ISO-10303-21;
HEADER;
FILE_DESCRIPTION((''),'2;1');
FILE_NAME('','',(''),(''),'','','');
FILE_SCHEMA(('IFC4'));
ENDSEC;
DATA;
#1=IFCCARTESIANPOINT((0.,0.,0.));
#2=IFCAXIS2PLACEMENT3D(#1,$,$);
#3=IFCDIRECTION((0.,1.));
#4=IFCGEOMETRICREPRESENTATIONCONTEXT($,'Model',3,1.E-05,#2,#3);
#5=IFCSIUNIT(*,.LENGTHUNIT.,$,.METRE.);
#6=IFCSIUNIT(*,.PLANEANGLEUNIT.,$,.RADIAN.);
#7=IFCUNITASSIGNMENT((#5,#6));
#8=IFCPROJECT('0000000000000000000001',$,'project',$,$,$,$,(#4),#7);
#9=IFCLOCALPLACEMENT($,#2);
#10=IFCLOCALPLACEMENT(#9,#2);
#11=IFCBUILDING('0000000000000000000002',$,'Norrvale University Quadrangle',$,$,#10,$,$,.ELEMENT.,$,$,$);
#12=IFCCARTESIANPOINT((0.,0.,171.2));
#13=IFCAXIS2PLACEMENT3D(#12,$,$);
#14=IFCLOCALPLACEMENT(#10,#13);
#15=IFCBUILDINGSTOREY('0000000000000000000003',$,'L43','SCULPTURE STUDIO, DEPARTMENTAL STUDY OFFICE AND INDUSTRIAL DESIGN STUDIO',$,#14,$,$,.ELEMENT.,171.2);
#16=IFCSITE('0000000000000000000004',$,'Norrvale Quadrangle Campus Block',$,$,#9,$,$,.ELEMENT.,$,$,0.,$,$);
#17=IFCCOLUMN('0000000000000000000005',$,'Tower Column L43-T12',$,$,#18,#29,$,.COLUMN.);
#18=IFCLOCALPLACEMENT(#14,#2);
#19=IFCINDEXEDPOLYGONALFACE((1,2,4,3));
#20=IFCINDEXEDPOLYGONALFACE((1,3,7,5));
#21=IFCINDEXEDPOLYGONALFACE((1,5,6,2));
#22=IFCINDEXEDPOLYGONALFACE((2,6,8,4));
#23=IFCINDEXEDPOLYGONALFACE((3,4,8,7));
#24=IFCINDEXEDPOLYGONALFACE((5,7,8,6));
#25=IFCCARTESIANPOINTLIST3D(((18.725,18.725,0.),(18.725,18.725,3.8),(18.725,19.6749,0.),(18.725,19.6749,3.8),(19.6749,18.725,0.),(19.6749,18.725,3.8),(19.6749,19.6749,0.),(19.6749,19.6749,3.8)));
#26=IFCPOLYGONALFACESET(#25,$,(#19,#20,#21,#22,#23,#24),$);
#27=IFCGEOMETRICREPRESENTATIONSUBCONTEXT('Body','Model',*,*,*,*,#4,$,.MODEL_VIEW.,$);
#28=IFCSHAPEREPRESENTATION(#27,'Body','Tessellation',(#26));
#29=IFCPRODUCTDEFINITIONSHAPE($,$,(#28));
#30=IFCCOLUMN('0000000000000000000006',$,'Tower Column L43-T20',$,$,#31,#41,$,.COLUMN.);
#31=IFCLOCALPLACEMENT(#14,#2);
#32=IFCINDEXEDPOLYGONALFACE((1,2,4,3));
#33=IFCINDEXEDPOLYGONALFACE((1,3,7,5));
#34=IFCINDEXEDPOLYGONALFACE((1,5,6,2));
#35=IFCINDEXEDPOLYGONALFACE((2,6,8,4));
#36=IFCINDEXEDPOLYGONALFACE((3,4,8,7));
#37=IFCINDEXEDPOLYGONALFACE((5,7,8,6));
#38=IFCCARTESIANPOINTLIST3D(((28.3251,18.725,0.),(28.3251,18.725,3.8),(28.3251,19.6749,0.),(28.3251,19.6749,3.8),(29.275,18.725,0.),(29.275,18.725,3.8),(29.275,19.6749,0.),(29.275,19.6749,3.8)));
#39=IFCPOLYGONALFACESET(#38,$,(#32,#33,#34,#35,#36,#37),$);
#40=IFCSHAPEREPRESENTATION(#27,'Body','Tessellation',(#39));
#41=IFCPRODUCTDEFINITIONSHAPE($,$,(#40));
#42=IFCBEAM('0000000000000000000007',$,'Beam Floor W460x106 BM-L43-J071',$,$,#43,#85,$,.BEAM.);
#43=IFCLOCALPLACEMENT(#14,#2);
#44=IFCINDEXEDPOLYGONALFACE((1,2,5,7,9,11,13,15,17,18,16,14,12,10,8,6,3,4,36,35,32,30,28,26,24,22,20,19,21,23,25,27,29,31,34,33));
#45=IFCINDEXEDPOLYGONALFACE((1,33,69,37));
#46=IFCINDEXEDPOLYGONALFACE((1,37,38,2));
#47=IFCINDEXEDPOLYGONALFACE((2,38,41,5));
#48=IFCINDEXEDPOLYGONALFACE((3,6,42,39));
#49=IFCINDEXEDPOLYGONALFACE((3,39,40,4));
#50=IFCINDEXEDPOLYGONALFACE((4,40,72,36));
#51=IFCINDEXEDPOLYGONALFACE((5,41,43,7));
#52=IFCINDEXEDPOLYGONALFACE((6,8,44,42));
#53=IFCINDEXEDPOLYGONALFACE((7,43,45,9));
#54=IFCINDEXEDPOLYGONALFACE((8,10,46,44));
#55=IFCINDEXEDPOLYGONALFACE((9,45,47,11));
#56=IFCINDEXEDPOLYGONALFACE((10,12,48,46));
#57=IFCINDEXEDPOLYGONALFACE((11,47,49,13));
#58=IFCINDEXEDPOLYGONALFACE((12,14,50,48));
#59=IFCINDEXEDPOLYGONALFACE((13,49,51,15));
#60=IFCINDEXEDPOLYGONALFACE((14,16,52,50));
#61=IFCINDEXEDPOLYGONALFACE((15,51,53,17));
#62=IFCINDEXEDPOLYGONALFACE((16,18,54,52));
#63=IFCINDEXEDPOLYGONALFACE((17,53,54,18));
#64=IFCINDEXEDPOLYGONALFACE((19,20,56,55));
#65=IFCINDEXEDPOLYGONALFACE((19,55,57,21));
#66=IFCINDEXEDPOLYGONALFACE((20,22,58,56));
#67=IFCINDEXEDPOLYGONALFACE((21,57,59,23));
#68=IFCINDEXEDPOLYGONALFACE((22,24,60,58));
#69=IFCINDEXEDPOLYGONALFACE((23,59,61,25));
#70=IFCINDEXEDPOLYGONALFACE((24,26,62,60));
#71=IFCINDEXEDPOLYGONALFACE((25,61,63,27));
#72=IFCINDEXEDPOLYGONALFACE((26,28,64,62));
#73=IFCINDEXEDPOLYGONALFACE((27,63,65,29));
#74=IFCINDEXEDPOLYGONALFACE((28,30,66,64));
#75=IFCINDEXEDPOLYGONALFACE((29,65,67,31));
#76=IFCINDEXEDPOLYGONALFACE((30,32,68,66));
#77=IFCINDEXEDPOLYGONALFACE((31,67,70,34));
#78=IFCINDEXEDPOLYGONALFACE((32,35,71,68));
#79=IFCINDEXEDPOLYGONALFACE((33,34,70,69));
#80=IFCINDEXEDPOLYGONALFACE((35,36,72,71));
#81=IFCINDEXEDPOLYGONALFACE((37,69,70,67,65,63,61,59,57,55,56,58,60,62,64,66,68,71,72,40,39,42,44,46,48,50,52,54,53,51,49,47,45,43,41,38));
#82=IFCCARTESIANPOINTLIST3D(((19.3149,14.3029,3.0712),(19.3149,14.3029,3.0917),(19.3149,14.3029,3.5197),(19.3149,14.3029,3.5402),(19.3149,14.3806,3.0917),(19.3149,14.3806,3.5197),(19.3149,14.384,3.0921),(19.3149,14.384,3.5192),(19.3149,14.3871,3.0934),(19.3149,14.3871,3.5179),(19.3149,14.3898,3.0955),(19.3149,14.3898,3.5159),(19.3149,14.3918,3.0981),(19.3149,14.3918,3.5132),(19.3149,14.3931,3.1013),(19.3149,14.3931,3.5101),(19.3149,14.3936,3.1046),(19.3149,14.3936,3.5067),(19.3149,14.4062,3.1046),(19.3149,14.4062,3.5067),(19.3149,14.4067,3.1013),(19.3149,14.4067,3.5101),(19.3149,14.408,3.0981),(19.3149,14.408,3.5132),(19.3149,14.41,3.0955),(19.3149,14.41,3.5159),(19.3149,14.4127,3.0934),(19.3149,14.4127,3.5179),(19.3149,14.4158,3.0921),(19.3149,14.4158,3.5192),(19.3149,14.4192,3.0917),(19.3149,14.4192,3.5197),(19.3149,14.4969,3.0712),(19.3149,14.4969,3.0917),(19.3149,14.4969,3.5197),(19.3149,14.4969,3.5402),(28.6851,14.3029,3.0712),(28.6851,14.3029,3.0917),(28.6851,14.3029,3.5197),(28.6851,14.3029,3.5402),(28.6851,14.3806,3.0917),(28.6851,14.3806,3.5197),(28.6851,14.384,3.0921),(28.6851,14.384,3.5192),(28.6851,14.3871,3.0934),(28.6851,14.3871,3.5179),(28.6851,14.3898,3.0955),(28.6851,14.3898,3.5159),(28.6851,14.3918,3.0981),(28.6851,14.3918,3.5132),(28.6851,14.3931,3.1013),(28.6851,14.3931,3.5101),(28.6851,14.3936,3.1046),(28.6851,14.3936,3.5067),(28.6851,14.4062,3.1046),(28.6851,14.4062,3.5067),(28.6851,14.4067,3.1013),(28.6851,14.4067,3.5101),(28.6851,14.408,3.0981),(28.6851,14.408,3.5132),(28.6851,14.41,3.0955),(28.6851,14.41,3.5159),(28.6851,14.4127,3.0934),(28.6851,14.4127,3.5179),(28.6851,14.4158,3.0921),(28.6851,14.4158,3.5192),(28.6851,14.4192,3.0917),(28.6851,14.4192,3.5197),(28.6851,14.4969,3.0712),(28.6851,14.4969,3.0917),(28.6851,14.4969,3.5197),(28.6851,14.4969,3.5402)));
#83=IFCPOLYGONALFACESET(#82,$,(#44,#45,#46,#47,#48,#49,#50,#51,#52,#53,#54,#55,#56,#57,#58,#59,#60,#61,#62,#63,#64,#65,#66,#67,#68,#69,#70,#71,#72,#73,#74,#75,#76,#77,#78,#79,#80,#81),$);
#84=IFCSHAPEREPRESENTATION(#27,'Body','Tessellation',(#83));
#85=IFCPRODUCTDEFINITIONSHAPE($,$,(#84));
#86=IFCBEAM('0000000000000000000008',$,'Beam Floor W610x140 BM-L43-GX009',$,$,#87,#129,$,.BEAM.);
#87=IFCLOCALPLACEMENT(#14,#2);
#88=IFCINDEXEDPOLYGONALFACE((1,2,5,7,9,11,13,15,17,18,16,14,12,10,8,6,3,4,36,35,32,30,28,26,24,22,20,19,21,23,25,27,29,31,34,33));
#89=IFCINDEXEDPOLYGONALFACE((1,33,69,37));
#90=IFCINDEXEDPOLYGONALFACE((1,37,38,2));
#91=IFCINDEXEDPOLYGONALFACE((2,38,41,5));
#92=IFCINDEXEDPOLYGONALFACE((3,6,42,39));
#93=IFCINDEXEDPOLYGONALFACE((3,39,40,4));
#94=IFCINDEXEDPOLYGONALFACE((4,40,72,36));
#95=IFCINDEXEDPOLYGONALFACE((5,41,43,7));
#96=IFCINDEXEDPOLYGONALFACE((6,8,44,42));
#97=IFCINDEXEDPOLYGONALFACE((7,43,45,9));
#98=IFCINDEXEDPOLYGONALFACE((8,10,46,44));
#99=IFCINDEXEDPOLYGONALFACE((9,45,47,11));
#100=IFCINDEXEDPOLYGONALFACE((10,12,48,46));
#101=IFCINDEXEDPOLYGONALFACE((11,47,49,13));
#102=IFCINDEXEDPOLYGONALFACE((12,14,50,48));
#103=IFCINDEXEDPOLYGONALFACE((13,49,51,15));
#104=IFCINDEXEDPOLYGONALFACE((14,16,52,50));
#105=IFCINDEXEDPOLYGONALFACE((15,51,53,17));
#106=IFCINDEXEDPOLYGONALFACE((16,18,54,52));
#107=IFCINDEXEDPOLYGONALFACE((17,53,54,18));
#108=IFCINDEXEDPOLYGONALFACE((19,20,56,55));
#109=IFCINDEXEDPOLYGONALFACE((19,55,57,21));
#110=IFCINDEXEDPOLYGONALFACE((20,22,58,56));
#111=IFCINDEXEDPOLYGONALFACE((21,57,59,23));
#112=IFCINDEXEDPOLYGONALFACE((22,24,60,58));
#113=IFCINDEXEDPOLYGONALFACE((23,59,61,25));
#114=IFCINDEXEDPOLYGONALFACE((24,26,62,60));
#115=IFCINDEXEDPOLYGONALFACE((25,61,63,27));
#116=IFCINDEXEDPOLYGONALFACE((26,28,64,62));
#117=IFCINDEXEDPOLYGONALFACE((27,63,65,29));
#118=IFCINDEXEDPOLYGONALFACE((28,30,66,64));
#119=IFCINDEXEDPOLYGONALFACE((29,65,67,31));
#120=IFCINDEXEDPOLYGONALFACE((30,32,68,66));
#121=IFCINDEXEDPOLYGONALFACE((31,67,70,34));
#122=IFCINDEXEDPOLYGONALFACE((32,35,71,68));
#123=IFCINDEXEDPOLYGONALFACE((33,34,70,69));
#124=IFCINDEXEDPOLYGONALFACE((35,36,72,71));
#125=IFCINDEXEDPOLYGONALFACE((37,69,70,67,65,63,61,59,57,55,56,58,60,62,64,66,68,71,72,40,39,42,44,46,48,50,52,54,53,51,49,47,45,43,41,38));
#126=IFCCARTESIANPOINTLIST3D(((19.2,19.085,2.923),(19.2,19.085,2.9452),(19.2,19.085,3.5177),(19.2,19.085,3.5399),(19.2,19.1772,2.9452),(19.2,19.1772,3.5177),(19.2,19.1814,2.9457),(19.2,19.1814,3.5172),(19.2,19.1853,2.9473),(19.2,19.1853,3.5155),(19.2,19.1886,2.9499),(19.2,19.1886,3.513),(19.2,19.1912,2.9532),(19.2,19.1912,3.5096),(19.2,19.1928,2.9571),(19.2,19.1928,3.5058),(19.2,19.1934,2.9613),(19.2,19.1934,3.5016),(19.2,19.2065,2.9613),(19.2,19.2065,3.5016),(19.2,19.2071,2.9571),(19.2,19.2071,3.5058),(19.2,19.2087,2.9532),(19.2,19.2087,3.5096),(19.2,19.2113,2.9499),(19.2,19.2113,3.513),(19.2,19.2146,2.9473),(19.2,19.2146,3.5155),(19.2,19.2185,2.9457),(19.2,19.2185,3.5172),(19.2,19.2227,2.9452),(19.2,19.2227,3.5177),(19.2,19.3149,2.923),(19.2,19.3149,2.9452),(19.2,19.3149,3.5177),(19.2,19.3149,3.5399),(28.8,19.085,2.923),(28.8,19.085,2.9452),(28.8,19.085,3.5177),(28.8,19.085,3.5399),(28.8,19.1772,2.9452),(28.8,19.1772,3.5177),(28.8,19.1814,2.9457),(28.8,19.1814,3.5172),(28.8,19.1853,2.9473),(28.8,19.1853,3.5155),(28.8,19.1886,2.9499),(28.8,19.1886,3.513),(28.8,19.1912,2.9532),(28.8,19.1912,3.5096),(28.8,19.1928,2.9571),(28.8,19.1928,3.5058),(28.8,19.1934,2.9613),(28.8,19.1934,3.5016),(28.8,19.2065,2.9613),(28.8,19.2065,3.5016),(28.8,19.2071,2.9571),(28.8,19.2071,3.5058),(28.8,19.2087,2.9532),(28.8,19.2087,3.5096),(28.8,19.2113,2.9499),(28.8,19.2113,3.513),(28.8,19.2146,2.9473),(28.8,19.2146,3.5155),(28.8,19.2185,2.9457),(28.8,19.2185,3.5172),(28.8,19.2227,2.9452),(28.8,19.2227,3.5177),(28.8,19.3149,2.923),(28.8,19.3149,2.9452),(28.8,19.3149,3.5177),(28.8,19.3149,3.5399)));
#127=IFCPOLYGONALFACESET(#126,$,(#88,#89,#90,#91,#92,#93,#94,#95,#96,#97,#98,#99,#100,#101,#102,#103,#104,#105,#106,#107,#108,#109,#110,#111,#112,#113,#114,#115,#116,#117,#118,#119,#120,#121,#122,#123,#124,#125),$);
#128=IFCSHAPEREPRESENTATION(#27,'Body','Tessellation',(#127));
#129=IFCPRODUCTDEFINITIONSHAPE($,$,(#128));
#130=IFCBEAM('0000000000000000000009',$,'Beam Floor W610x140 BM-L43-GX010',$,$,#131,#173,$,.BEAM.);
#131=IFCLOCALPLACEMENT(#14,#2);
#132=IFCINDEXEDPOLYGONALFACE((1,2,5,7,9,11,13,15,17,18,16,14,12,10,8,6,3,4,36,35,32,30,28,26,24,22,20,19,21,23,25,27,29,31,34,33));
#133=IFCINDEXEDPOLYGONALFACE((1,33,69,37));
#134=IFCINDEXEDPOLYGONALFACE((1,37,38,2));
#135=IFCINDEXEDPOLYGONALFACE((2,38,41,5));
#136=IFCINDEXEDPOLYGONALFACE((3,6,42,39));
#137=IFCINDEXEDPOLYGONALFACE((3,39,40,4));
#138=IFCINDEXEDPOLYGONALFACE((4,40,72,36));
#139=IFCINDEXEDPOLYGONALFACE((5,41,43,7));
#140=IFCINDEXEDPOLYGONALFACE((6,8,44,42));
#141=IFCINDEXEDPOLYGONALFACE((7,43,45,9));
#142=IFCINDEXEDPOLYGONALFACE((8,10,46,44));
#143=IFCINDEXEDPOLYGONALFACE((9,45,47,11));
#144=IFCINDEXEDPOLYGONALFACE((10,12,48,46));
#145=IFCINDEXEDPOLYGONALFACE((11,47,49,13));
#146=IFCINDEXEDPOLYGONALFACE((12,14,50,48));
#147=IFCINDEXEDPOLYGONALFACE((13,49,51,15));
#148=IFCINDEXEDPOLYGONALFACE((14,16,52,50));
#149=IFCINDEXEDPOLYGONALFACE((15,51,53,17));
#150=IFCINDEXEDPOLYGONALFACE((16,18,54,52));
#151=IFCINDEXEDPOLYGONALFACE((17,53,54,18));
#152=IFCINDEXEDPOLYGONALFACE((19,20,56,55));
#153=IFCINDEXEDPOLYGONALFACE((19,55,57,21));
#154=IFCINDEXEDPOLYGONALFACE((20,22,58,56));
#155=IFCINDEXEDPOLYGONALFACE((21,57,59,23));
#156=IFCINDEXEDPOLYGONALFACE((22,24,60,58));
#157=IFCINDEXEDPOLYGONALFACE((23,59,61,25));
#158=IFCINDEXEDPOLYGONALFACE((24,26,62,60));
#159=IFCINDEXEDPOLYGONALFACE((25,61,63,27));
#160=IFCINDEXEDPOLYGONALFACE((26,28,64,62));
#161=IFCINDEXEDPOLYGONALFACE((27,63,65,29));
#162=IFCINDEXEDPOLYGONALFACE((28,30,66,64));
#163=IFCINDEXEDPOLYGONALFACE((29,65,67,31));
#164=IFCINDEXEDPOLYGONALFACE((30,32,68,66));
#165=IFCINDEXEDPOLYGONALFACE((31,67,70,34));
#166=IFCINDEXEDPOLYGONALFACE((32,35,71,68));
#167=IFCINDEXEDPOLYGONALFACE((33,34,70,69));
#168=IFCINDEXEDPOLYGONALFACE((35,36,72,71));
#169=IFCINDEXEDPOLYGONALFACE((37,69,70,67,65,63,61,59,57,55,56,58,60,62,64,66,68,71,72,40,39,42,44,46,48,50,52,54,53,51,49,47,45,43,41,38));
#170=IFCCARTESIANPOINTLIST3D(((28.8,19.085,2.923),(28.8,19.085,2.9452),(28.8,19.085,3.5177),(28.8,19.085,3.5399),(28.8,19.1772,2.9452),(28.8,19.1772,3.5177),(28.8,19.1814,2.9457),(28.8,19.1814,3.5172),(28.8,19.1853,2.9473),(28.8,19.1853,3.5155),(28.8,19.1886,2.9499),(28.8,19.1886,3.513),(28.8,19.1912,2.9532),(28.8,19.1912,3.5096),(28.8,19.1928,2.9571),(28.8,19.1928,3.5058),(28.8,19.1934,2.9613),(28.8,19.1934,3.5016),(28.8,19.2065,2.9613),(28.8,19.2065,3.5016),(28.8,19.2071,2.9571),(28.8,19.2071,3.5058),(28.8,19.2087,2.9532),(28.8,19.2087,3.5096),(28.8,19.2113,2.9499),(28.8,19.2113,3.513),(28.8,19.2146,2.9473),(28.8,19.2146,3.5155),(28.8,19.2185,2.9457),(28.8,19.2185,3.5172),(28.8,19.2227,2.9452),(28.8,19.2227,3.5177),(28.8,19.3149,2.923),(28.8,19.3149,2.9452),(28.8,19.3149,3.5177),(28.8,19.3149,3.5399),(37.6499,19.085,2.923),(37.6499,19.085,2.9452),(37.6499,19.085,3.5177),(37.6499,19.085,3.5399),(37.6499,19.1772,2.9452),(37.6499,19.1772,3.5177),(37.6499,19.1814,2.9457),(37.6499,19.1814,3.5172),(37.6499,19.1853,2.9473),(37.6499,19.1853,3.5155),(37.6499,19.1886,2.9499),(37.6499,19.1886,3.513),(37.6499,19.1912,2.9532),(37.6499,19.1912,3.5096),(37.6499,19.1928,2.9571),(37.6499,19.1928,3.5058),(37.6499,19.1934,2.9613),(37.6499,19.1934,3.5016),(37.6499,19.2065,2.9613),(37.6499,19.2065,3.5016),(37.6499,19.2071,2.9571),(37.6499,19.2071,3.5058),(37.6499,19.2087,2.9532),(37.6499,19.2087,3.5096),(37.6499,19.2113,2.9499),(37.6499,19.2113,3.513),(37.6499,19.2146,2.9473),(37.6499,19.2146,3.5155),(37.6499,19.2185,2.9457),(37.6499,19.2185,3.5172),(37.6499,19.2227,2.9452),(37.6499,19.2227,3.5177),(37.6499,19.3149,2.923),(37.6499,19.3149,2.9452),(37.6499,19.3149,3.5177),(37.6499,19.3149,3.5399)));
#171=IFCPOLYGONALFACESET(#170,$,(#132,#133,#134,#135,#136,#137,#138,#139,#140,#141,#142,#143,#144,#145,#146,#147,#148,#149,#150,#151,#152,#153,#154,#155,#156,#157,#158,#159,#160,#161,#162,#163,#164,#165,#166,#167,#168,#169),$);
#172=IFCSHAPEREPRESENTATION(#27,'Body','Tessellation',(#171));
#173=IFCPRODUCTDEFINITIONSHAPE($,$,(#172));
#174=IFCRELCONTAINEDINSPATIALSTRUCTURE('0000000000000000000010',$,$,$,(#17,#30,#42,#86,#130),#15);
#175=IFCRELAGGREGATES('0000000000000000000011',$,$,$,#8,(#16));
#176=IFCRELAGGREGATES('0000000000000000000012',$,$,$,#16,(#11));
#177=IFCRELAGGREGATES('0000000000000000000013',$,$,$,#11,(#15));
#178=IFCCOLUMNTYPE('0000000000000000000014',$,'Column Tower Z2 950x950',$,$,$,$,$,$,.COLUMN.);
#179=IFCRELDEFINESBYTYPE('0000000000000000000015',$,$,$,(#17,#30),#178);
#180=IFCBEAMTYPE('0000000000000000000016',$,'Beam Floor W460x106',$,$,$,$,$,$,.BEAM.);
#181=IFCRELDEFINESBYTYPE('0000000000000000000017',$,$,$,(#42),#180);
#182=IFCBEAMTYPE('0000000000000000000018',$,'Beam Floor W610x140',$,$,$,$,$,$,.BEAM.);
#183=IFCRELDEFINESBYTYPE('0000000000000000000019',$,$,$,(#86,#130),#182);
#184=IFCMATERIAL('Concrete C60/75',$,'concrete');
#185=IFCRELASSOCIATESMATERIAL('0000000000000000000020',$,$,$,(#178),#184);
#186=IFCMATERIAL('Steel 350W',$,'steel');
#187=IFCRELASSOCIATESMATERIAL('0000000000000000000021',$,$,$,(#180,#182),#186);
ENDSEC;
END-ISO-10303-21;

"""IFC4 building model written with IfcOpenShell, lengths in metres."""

from ifc_helpers import new_model, si_unit, direction, frame, origin, origin_2d, place, context, subcontext, project, spatial, rectangle, i_section, extrude, material, material_profile, profile_set, type_object, element, save


model = new_model("IFC4")

# Units and contexts
model_context = context("Model", 3, precision=1e-05, world=origin(), true_north=direction((0.0, 1.0)))
body_context = subcontext(model_context, "Body", "Model", "MODEL_VIEW")
ifc_project = project(units=[si_unit("LENGTHUNIT", "METRE"), si_unit("PLANEANGLEUNIT", "RADIAN")], contexts=[model_context])

# Site, building, storey
site_placement = place(None, origin())
site = spatial("IfcSite", under=ifc_project, at=site_placement, Name="Norrvale Quadrangle Campus Block", CompositionType="ELEMENT", RefElevation=0.0)
building_placement = place(site_placement, origin())
building = spatial("IfcBuilding", under=site, at=building_placement, Name="Norrvale University Quadrangle", CompositionType="ELEMENT")
storey_placement = place(building_placement, frame((0.0, 0.0, 171.2)))
storey = spatial("IfcBuildingStorey", under=building, at=storey_placement, Name="L43", Description="SCULPTURE STUDIO, DEPARTMENTAL STUDY OFFICE AND INDUSTRIAL DESIGN STUDIO", CompositionType="ELEMENT", Elevation=171.2)

# Columns
ifc_material_1 = material(Name="Concrete C60/75", Category="concrete")
ifc_material_profile_1 = material_profile(ifc_material_1, rectangle(XDim=0.95, YDim=0.95, at=origin_2d()), Name="Concrete C60/75")
ifc_profile_set_1 = profile_set([ifc_material_profile_1], Name="Concrete C60/75")
column_type = type_object("IfcColumnType", Name="Column Tower Z2 950x950", PredefinedType="COLUMN", material=ifc_profile_set_1)
for number, where, z_axis, x_axis, name in (
    (1, (19.2, 19.2, 0.0), (0.0, 0.0, 1.0), (1.0, 0.0, 0.0), "Tower Column L43-T12"),
    (2, (28.8, 19.2, 0.0), (0.0, 0.0, 1.0), (1.0, 0.0, 0.0), "Tower Column L43-T20"),
):
    element("IfcColumn", number, at=place(storey_placement, frame(where, z_axis=z_axis, x_axis=x_axis)), inside=storey, type_object=column_type, Name=name, PredefinedType="COLUMN", context=body_context, shape_type="SweptSolid", body=[
        extrude(rectangle(XDim=0.95, YDim=0.95, at=origin_2d()), origin(), (0.0, 0.0, 1.0), 3.8),
    ])

# Beams
ifc_material_2 = material(Name="Steel 350W", Category="steel")
ifc_material_profile_2 = material_profile(ifc_material_2, i_section(OverallWidth=0.1941, OverallDepth=0.469, WebThickness=0.0127, FlangeThickness=0.0205, FilletRadius=0.0129, at=origin_2d()), Name="Steel 350W")
ifc_profile_set_2 = profile_set([ifc_material_profile_2], Name="Steel 350W")
beam_type_1 = type_object("IfcBeamType", Name="Beam Floor W460x106", PredefinedType="BEAM", material=ifc_profile_set_2)
beam_1_placement = place(storey_placement, frame((19.3149, 14.3999, 3.3057), z_axis=(1.0, 0.0, 0.0), x_axis=(0.0, 1.0, 0.0)))
element("IfcBeam", 3, at=beam_1_placement, inside=storey, type_object=beam_type_1, Name="Beam Floor W460x106 BM-L43-J071", PredefinedType="BEAM", context=body_context, shape_type="SweptSolid", body=[
    extrude(i_section(OverallWidth=0.1941, OverallDepth=0.469, WebThickness=0.0127, FlangeThickness=0.0205, FilletRadius=0.0129, at=origin_2d()), origin(), (0.0, 0.0, 1.0), 9.3701),
])
ifc_material_profile_3 = material_profile(ifc_material_2, i_section(OverallWidth=0.23, OverallDepth=0.6169, WebThickness=0.0132, FlangeThickness=0.0222, FilletRadius=0.0161, at=origin_2d()), Name="Steel 350W")
ifc_profile_set_3 = profile_set([ifc_material_profile_3], Name="Steel 350W")
beam_type_2 = type_object("IfcBeamType", Name="Beam Floor W610x140", PredefinedType="BEAM", material=ifc_profile_set_3)
beam_2_placement = place(storey_placement, frame((19.2, 19.2, 3.2314), z_axis=(1.0, 0.0, 0.0), x_axis=(0.0, 1.0, 0.0)))
element("IfcBeam", 4, at=beam_2_placement, inside=storey, type_object=beam_type_2, Name="Beam Floor W610x140 BM-L43-GX009", PredefinedType="BEAM", context=body_context, shape_type="SweptSolid", body=[
    extrude(i_section(OverallWidth=0.23, OverallDepth=0.6169, WebThickness=0.0132, FlangeThickness=0.0222, FilletRadius=0.0161, at=origin_2d()), origin(), (0.0, 0.0, 1.0), 9.6001),
])
beam_3_placement = place(storey_placement, frame((28.8, 19.2, 3.2314), z_axis=(1.0, 0.0, 0.0), x_axis=(0.0, 1.0, 0.0)))
element("IfcBeam", 5, at=beam_3_placement, inside=storey, type_object=beam_type_2, Name="Beam Floor W610x140 BM-L43-GX010", PredefinedType="BEAM", context=body_context, shape_type="SweptSolid", body=[
    extrude(i_section(OverallWidth=0.23, OverallDepth=0.6169, WebThickness=0.0132, FlangeThickness=0.0222, FilletRadius=0.0161, at=origin_2d()), origin(), (0.0, 0.0, 1.0), 8.8499),
])

save(model, "model.ifc")
